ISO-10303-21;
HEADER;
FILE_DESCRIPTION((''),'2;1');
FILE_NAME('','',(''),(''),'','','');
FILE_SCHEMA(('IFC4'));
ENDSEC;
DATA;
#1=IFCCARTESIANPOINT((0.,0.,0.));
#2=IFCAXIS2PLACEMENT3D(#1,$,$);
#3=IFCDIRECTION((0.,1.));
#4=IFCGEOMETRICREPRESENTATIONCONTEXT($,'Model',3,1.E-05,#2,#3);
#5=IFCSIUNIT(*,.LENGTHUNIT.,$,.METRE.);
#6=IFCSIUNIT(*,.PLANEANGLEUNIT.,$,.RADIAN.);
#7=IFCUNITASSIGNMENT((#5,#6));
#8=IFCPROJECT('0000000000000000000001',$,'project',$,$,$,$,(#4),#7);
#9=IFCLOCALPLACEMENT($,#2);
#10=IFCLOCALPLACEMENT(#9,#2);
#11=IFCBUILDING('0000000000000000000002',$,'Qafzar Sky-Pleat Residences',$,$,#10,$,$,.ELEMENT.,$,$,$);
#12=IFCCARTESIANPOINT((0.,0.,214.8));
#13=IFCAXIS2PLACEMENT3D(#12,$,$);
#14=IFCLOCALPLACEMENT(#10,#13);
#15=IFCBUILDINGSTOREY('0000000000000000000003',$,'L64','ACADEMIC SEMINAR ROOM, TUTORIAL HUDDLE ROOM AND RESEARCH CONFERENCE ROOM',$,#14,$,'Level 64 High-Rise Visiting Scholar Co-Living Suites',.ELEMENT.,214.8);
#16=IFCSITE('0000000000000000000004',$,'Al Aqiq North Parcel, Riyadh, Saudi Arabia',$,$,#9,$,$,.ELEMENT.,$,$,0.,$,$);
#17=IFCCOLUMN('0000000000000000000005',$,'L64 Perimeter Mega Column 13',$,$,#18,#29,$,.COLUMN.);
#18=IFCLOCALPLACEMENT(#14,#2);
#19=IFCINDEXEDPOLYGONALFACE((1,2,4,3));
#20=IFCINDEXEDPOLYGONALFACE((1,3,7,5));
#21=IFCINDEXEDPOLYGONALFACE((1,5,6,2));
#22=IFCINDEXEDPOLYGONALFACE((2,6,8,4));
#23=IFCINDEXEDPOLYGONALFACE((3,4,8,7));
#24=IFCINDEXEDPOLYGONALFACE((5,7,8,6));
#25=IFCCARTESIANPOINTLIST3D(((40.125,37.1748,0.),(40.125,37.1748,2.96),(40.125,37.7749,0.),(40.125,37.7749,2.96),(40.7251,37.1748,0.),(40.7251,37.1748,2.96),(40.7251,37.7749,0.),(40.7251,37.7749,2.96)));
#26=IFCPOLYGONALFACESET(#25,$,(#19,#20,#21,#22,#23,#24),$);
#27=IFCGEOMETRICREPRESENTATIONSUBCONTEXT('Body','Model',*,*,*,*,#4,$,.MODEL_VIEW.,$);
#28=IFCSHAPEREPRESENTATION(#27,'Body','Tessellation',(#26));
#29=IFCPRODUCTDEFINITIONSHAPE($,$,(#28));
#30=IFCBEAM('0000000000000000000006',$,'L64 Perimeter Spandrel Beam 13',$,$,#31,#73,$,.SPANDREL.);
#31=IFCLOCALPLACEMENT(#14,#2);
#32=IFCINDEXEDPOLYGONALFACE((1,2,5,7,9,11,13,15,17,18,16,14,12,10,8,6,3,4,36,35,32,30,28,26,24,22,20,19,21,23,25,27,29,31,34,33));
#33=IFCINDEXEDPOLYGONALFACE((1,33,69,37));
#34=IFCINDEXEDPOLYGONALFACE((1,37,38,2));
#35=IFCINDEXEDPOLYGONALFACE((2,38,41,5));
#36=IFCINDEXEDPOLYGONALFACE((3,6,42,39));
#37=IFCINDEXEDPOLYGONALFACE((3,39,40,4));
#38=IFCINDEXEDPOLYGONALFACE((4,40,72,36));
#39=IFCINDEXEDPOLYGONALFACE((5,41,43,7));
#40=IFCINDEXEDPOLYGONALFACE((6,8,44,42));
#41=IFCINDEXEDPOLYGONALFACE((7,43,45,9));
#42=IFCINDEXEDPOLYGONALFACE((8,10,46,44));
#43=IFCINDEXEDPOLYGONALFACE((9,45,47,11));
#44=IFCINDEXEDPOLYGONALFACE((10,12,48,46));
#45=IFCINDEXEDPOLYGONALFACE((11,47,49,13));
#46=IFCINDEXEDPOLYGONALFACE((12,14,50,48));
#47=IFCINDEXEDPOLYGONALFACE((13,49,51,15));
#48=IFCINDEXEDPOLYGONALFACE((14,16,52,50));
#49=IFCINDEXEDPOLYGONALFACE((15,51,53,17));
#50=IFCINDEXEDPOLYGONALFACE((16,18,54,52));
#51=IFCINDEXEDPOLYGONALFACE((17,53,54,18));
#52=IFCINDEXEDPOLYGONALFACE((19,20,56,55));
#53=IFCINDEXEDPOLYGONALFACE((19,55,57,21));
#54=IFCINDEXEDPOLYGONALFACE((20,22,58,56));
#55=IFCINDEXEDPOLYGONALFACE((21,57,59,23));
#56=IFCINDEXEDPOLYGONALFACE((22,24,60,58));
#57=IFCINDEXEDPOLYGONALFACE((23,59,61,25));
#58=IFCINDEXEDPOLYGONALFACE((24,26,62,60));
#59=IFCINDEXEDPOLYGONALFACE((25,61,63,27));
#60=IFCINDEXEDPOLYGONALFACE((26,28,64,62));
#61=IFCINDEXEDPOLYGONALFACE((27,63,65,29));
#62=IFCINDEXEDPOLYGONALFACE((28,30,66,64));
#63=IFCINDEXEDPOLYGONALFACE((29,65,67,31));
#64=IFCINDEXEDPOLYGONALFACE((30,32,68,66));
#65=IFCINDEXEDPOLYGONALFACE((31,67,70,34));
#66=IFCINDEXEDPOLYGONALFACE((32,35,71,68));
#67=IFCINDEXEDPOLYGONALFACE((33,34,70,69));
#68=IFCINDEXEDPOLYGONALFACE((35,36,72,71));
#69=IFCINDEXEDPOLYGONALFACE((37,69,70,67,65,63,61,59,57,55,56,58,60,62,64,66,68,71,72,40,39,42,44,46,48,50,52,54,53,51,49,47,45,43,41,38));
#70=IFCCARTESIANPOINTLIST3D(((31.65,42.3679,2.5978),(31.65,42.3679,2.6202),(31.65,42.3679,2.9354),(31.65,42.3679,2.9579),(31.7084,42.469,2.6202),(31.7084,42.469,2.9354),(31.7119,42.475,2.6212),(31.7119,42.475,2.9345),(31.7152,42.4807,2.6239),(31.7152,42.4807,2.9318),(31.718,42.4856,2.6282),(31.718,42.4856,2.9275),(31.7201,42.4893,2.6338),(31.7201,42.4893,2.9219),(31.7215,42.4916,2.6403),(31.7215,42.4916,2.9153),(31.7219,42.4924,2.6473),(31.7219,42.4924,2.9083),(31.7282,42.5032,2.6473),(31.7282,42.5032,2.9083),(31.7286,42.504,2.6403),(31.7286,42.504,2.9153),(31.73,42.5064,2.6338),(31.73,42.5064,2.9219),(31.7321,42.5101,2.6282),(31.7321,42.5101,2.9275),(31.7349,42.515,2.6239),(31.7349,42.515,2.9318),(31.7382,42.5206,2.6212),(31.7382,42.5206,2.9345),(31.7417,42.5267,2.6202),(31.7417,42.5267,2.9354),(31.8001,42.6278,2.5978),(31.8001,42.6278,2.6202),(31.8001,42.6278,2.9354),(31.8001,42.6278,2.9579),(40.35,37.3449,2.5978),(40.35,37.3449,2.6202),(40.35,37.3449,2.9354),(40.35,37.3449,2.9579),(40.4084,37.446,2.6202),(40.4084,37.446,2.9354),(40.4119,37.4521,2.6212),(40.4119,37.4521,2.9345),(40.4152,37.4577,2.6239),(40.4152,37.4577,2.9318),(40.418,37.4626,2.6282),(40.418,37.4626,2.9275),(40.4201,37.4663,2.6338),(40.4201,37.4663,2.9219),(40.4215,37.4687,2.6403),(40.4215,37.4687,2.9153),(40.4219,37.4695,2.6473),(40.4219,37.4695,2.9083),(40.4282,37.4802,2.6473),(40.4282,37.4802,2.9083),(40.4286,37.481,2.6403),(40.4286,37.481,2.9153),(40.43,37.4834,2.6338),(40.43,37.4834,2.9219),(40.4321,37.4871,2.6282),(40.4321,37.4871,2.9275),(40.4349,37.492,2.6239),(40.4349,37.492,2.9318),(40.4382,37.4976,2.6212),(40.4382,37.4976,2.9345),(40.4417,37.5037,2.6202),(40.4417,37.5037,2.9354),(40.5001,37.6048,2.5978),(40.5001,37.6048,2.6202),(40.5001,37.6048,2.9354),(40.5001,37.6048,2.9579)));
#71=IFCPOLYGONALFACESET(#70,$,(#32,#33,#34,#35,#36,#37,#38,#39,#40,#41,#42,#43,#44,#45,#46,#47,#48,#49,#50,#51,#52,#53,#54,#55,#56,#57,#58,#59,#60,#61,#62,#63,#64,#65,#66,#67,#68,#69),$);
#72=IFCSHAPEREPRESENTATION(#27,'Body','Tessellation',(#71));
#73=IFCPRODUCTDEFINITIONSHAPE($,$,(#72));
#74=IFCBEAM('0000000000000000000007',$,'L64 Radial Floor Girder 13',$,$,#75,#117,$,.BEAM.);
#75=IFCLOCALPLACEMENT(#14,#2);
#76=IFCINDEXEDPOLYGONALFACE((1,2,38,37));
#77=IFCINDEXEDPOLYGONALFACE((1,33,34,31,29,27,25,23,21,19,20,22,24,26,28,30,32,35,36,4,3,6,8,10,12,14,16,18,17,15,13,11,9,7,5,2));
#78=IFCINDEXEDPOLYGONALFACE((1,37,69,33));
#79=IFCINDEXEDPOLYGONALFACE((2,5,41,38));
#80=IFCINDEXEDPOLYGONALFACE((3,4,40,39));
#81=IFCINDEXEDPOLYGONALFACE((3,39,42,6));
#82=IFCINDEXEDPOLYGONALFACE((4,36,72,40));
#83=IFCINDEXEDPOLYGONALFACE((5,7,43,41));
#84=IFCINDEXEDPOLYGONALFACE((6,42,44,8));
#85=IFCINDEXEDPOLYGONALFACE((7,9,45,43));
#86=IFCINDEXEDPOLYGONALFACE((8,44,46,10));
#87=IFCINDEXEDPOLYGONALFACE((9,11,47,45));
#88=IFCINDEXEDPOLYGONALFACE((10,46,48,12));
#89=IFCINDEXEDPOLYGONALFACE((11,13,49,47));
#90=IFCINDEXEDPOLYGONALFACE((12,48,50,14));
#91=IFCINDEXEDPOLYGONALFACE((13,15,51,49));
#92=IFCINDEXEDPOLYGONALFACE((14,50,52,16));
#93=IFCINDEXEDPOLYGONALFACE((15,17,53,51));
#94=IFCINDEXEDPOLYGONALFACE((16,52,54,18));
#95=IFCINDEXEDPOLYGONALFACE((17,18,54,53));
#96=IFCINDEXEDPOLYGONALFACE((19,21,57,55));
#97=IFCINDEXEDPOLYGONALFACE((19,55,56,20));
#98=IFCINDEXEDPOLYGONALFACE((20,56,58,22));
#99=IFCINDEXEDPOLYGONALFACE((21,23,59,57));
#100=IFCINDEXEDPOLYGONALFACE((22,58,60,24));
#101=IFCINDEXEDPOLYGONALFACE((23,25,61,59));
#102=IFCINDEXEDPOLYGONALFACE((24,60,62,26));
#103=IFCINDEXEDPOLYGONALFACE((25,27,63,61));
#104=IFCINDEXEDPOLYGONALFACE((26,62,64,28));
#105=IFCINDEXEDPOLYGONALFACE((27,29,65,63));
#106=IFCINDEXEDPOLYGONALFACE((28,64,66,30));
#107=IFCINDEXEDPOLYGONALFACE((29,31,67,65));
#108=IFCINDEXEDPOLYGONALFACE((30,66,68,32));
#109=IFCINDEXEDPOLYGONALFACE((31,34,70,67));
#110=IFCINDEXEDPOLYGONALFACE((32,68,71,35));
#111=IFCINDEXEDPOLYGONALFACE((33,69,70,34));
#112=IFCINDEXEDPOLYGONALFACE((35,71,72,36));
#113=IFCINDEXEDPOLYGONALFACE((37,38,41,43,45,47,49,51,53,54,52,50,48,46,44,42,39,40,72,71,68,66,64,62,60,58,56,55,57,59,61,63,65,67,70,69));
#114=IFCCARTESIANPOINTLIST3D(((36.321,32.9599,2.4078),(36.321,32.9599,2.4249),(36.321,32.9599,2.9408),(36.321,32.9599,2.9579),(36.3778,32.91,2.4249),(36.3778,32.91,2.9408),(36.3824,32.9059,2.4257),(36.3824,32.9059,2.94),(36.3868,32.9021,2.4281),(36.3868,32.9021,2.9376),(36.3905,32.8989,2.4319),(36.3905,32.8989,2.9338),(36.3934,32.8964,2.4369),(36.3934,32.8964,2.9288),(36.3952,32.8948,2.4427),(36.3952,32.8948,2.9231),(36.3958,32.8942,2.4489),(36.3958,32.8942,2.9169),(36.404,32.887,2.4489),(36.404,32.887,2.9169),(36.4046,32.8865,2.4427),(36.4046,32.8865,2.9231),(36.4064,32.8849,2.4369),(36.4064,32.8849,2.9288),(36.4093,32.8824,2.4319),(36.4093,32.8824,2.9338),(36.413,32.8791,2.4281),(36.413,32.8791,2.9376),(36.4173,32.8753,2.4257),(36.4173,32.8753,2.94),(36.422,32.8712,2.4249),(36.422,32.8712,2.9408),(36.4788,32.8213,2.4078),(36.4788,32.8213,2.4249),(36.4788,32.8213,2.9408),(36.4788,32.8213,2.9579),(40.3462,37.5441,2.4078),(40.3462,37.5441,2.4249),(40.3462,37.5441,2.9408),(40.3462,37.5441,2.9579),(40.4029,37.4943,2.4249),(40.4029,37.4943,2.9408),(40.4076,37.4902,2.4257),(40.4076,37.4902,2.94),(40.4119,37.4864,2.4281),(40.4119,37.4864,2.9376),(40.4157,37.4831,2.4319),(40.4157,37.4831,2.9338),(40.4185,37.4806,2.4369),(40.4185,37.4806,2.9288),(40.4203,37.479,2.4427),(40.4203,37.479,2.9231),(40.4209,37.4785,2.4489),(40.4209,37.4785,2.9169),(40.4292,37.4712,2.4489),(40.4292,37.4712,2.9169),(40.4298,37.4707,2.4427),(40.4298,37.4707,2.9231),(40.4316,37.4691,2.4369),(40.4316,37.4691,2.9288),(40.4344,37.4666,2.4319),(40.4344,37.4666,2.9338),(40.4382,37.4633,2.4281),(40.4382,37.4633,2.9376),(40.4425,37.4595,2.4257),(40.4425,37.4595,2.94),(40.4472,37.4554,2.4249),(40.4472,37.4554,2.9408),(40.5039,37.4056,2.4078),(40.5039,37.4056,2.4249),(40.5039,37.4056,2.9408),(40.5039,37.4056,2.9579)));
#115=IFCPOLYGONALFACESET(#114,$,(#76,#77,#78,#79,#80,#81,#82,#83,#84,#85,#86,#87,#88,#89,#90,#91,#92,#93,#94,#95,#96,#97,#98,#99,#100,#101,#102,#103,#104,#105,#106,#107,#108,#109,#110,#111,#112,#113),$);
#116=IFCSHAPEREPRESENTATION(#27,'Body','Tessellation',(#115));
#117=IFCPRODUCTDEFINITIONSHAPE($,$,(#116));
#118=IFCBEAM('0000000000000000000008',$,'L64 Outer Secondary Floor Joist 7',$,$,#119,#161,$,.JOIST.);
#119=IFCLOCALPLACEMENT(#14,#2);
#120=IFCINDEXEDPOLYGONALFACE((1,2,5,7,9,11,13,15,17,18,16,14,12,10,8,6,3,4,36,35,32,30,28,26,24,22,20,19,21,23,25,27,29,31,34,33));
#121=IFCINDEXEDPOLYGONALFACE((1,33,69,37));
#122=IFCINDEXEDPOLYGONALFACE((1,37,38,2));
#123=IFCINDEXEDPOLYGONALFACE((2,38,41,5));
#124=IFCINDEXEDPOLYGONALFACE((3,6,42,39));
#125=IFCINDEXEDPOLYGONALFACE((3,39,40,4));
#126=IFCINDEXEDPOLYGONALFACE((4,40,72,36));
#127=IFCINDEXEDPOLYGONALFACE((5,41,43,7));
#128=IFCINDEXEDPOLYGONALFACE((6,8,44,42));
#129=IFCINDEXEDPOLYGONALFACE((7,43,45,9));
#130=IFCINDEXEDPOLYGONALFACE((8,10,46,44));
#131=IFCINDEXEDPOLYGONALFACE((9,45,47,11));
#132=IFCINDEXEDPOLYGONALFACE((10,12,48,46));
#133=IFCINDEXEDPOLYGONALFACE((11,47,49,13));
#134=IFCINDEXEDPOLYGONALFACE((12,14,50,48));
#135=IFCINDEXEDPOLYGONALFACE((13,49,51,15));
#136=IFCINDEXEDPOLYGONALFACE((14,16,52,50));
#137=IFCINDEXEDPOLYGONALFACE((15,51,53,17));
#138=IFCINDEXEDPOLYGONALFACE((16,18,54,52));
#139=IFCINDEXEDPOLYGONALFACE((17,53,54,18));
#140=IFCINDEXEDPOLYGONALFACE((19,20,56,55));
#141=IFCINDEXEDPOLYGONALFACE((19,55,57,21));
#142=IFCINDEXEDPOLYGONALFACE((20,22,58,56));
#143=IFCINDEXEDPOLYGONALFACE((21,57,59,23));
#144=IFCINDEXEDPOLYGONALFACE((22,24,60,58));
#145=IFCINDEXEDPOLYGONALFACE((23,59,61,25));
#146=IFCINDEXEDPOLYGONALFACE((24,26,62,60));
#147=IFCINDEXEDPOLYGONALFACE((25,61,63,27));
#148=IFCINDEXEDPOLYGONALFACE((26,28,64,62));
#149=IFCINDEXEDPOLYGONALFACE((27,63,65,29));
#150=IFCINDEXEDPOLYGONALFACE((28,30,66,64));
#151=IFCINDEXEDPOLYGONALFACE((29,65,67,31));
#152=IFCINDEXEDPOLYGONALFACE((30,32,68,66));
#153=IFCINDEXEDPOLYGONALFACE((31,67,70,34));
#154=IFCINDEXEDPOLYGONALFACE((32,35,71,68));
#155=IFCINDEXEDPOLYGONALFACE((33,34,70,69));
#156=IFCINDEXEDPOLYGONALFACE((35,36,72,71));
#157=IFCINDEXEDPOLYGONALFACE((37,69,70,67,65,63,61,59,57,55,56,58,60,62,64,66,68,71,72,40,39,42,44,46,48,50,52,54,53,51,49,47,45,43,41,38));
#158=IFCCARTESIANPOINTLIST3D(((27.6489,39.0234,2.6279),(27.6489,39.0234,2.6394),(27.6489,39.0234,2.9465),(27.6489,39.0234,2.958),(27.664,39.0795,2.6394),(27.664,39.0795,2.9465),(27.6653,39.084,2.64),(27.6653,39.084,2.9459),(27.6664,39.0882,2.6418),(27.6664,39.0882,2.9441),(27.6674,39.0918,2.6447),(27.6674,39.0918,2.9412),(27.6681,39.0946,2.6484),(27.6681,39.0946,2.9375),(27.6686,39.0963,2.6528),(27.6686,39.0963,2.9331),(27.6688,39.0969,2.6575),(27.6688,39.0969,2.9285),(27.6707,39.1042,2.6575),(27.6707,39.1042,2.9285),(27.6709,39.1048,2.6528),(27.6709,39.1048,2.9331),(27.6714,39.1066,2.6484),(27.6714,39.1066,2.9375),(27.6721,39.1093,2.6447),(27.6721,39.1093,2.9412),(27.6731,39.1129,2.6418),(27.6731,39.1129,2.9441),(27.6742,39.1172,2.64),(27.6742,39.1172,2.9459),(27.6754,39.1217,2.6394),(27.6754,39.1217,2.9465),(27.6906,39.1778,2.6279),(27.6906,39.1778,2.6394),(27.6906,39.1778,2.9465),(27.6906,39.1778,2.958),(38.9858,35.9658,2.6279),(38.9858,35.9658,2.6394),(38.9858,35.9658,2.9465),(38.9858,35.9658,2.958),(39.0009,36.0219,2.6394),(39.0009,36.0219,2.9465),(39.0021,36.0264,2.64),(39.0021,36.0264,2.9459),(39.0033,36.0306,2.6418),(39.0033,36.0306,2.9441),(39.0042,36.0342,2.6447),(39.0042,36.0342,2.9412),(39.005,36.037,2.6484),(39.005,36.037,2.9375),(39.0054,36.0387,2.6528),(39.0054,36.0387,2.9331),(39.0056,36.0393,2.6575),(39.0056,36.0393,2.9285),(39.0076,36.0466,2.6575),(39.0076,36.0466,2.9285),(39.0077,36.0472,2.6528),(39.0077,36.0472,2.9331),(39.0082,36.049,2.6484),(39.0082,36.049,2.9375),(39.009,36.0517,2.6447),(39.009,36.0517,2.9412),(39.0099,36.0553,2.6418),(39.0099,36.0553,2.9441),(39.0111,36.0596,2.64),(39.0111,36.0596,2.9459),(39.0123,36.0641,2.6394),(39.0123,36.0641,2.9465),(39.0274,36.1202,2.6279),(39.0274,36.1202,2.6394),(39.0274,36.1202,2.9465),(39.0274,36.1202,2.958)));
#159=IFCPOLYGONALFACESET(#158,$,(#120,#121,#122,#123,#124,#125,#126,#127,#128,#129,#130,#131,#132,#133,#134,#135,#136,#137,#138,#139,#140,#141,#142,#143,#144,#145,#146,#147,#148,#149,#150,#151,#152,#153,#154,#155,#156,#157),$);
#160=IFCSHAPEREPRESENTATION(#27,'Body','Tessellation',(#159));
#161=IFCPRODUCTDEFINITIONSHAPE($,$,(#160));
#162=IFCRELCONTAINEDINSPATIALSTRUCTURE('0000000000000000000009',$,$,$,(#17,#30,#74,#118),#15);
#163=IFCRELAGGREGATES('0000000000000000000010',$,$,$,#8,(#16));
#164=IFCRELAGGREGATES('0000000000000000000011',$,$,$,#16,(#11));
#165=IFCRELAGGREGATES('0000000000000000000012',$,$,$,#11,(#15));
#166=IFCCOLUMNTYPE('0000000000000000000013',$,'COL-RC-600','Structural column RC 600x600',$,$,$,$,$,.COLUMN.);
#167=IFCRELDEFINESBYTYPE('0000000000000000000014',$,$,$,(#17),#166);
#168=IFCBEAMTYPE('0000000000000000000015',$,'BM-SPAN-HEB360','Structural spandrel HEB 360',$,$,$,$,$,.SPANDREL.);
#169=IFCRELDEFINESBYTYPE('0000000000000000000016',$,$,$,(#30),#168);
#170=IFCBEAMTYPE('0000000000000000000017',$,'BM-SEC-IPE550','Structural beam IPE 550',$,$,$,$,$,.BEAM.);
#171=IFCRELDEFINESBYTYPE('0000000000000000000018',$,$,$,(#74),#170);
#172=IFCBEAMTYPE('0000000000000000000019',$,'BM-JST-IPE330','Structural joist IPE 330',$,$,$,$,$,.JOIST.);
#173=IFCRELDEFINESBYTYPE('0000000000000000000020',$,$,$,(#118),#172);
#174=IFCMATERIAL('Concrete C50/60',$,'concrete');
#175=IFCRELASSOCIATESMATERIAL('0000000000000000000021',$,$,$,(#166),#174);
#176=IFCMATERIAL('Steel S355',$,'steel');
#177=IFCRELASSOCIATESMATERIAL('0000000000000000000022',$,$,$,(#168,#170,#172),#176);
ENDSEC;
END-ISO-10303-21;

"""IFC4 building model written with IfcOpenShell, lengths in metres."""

from ifc_helpers import new_model, si_unit, direction, frame, origin, origin_2d, place, context, subcontext, project, spatial, rectangle, i_section, extrude, source, transform, mapped, material, material_profile, profile_set, type_object, element, save


model = new_model("IFC4")

# Units and contexts
model_context = context("Model", 3, precision=1e-05, world=origin(), true_north=direction((0.0, 1.0)))
body_context = subcontext(model_context, "Body", "Model", "MODEL_VIEW")
ifc_project = project(units=[si_unit("LENGTHUNIT", "METRE"), si_unit("PLANEANGLEUNIT", "RADIAN")], contexts=[model_context])

# Site, building, storey
site_placement = place(None, origin())
site = spatial("IfcSite", under=ifc_project, at=site_placement, Name="Al Aqiq North Parcel, Riyadh, Saudi Arabia", CompositionType="ELEMENT", RefElevation=0.0)
building_placement = place(site_placement, origin())
building = spatial("IfcBuilding", under=site, at=building_placement, Name="Qafzar Sky-Pleat Residences", CompositionType="ELEMENT")
storey_placement = place(building_placement, frame((0.0, 0.0, 214.8)))
storey = spatial("IfcBuildingStorey", under=building, at=storey_placement, Name="L64", Description="ACADEMIC SEMINAR ROOM, TUTORIAL HUDDLE ROOM AND RESEARCH CONFERENCE ROOM", LongName="Level 64 High-Rise Visiting Scholar Co-Living Suites", CompositionType="ELEMENT", Elevation=214.8)

# Column
ifc_material_1 = material(Name="Concrete C50/60", Category="concrete")
ifc_material_profile_1 = material_profile(ifc_material_1, rectangle(XDim=0.6001, YDim=0.6001, at=origin_2d()), Name="RC 600x600")
ifc_profile_set_1 = profile_set([ifc_material_profile_1], Name="Concrete C50/60")
column_type = type_object("IfcColumnType", Name="COL-RC-600", Description="Structural column RC 600x600", PredefinedType="COLUMN", material=ifc_profile_set_1)
shared_shape_1 = source(origin(), body_context, "Body", "SweptSolid", [
    extrude(rectangle(XDim=0.6001, YDim=0.6001, at=origin_2d()), origin(), (0.0, 0.0, 1.0), 2.96),
])
column_placement = place(storey_placement, frame((40.425, 37.4749, 0.0), z_axis=(0.0, 0.0, 1.0), x_axis=(1.0, 0.0, 0.0)))
element("IfcColumn", 1, at=column_placement, inside=storey, type_object=column_type, Name="L64 Perimeter Mega Column 13", PredefinedType="COLUMN", context=body_context, shape_type="MappedRepresentation", body=[
    mapped(shared_shape_1, transform((0.0, 0.0, 0.0), x_axis=(1.0, 0.0, 0.0), y_axis=(0.0, 1.0, 0.0), z_axis=(0.0, 0.0, 1.0), scale=1.0)),
])

# Beams
ifc_material_2 = material(Name="Steel S355", Category="steel")
ifc_material_profile_2 = material_profile(ifc_material_2, i_section(OverallWidth=0.3, OverallDepth=0.3601, WebThickness=0.0125, FlangeThickness=0.0225, FilletRadius=0.0271, at=origin_2d()), Name="HEB 360")
ifc_profile_set_2 = profile_set([ifc_material_profile_2], Name="Steel S355")
beam_type_1 = type_object("IfcBeamType", Name="BM-SPAN-HEB360", Description="Structural spandrel HEB 360", PredefinedType="SPANDREL", material=ifc_profile_set_2)
shared_shape_2 = source(origin(), body_context, "Body", "SweptSolid", [
    extrude(i_section(OverallWidth=0.3, OverallDepth=0.3601, WebThickness=0.0125, FlangeThickness=0.0225, FilletRadius=0.0271, at=origin_2d()), origin(), (0.0, 0.0, 1.0), 10.0459),
])
beam_1_placement = place(storey_placement, frame((40.425, 37.4749, 2.7778), z_axis=(-0.866024, 0.500002, 0.0), x_axis=(-0.500002, -0.866024, 0.0)))
element("IfcBeam", 2, at=beam_1_placement, inside=storey, type_object=beam_type_1, Name="L64 Perimeter Spandrel Beam 13", PredefinedType="SPANDREL", context=body_context, shape_type="MappedRepresentation", body=[
    mapped(shared_shape_2, transform((0.0, 0.0, 0.0), x_axis=(1.0, 0.0, 0.0), y_axis=(0.0, 1.0, 0.0), z_axis=(0.0, 0.0, 1.0), scale=1.0)),
])
ifc_material_profile_3 = material_profile(ifc_material_2, i_section(OverallWidth=0.21, OverallDepth=0.55, WebThickness=0.011, FlangeThickness=0.0171, FilletRadius=0.0239, at=origin_2d()), Name="IPE 550")
ifc_profile_set_3 = profile_set([ifc_material_profile_3], Name="Steel S355")
beam_type_2 = type_object("IfcBeamType", Name="BM-SEC-IPE550", Description="Structural beam IPE 550", PredefinedType="BEAM", material=ifc_profile_set_3)
shared_shape_3 = source(origin(), body_context, "Body", "SweptSolid", [
    extrude(i_section(OverallWidth=0.21, OverallDepth=0.55, WebThickness=0.011, FlangeThickness=0.0171, FilletRadius=0.0239, at=origin_2d()), origin(), (0.0, 0.0, 1.0), 6.1006),
])
beam_2_placement = place(storey_placement, frame((40.425, 37.4749, 2.6829), z_axis=(-0.659798, -0.751443, 0.0), x_axis=(0.751443, -0.659798, 0.0)))
element("IfcBeam", 3, at=beam_2_placement, inside=storey, type_object=beam_type_2, Name="L64 Radial Floor Girder 13", PredefinedType="BEAM", context=body_context, shape_type="MappedRepresentation", body=[
    mapped(shared_shape_3, transform((0.0, 0.0, 0.0), x_axis=(1.0, 0.0, 0.0), y_axis=(0.0, 1.0, 0.0), z_axis=(0.0, 0.0, 1.0), scale=1.0)),
])
ifc_material_profile_4 = material_profile(ifc_material_2, i_section(OverallWidth=0.1599, OverallDepth=0.3301, WebThickness=0.0076, FlangeThickness=0.0115, FilletRadius=0.0181, at=origin_2d()), Name="IPE 330")
ifc_profile_set_4 = profile_set([ifc_material_profile_4], Name="Steel S355")
beam_type_3 = type_object("IfcBeamType", Name="BM-JST-IPE330", Description="Structural joist IPE 330", PredefinedType="JOIST", material=ifc_profile_set_4)
shared_shape_4 = source(origin(), body_context, "Body", "SweptSolid", [
    extrude(i_section(OverallWidth=0.1599, OverallDepth=0.3301, WebThickness=0.0076, FlangeThickness=0.0115, FilletRadius=0.0181, at=origin_2d()), origin(), (0.0, 0.0, 1.0), 11.7419),
])
beam_3_placement = place(storey_placement, frame((39.0066, 36.043, 2.793), z_axis=(-0.965501, 0.2604, 0.0), x_axis=(-0.2604, -0.965501, 0.0)))
element("IfcBeam", 4, at=beam_3_placement, inside=storey, type_object=beam_type_3, Name="L64 Outer Secondary Floor Joist 7", PredefinedType="JOIST", context=body_context, shape_type="MappedRepresentation", body=[
    mapped(shared_shape_4, transform((0.0, 0.0, 0.0), x_axis=(1.0, 0.0, 0.0), y_axis=(0.0, 1.0, 0.0), z_axis=(0.0, 0.0, 1.0), scale=1.0)),
])

save(model, "model.ifc")
